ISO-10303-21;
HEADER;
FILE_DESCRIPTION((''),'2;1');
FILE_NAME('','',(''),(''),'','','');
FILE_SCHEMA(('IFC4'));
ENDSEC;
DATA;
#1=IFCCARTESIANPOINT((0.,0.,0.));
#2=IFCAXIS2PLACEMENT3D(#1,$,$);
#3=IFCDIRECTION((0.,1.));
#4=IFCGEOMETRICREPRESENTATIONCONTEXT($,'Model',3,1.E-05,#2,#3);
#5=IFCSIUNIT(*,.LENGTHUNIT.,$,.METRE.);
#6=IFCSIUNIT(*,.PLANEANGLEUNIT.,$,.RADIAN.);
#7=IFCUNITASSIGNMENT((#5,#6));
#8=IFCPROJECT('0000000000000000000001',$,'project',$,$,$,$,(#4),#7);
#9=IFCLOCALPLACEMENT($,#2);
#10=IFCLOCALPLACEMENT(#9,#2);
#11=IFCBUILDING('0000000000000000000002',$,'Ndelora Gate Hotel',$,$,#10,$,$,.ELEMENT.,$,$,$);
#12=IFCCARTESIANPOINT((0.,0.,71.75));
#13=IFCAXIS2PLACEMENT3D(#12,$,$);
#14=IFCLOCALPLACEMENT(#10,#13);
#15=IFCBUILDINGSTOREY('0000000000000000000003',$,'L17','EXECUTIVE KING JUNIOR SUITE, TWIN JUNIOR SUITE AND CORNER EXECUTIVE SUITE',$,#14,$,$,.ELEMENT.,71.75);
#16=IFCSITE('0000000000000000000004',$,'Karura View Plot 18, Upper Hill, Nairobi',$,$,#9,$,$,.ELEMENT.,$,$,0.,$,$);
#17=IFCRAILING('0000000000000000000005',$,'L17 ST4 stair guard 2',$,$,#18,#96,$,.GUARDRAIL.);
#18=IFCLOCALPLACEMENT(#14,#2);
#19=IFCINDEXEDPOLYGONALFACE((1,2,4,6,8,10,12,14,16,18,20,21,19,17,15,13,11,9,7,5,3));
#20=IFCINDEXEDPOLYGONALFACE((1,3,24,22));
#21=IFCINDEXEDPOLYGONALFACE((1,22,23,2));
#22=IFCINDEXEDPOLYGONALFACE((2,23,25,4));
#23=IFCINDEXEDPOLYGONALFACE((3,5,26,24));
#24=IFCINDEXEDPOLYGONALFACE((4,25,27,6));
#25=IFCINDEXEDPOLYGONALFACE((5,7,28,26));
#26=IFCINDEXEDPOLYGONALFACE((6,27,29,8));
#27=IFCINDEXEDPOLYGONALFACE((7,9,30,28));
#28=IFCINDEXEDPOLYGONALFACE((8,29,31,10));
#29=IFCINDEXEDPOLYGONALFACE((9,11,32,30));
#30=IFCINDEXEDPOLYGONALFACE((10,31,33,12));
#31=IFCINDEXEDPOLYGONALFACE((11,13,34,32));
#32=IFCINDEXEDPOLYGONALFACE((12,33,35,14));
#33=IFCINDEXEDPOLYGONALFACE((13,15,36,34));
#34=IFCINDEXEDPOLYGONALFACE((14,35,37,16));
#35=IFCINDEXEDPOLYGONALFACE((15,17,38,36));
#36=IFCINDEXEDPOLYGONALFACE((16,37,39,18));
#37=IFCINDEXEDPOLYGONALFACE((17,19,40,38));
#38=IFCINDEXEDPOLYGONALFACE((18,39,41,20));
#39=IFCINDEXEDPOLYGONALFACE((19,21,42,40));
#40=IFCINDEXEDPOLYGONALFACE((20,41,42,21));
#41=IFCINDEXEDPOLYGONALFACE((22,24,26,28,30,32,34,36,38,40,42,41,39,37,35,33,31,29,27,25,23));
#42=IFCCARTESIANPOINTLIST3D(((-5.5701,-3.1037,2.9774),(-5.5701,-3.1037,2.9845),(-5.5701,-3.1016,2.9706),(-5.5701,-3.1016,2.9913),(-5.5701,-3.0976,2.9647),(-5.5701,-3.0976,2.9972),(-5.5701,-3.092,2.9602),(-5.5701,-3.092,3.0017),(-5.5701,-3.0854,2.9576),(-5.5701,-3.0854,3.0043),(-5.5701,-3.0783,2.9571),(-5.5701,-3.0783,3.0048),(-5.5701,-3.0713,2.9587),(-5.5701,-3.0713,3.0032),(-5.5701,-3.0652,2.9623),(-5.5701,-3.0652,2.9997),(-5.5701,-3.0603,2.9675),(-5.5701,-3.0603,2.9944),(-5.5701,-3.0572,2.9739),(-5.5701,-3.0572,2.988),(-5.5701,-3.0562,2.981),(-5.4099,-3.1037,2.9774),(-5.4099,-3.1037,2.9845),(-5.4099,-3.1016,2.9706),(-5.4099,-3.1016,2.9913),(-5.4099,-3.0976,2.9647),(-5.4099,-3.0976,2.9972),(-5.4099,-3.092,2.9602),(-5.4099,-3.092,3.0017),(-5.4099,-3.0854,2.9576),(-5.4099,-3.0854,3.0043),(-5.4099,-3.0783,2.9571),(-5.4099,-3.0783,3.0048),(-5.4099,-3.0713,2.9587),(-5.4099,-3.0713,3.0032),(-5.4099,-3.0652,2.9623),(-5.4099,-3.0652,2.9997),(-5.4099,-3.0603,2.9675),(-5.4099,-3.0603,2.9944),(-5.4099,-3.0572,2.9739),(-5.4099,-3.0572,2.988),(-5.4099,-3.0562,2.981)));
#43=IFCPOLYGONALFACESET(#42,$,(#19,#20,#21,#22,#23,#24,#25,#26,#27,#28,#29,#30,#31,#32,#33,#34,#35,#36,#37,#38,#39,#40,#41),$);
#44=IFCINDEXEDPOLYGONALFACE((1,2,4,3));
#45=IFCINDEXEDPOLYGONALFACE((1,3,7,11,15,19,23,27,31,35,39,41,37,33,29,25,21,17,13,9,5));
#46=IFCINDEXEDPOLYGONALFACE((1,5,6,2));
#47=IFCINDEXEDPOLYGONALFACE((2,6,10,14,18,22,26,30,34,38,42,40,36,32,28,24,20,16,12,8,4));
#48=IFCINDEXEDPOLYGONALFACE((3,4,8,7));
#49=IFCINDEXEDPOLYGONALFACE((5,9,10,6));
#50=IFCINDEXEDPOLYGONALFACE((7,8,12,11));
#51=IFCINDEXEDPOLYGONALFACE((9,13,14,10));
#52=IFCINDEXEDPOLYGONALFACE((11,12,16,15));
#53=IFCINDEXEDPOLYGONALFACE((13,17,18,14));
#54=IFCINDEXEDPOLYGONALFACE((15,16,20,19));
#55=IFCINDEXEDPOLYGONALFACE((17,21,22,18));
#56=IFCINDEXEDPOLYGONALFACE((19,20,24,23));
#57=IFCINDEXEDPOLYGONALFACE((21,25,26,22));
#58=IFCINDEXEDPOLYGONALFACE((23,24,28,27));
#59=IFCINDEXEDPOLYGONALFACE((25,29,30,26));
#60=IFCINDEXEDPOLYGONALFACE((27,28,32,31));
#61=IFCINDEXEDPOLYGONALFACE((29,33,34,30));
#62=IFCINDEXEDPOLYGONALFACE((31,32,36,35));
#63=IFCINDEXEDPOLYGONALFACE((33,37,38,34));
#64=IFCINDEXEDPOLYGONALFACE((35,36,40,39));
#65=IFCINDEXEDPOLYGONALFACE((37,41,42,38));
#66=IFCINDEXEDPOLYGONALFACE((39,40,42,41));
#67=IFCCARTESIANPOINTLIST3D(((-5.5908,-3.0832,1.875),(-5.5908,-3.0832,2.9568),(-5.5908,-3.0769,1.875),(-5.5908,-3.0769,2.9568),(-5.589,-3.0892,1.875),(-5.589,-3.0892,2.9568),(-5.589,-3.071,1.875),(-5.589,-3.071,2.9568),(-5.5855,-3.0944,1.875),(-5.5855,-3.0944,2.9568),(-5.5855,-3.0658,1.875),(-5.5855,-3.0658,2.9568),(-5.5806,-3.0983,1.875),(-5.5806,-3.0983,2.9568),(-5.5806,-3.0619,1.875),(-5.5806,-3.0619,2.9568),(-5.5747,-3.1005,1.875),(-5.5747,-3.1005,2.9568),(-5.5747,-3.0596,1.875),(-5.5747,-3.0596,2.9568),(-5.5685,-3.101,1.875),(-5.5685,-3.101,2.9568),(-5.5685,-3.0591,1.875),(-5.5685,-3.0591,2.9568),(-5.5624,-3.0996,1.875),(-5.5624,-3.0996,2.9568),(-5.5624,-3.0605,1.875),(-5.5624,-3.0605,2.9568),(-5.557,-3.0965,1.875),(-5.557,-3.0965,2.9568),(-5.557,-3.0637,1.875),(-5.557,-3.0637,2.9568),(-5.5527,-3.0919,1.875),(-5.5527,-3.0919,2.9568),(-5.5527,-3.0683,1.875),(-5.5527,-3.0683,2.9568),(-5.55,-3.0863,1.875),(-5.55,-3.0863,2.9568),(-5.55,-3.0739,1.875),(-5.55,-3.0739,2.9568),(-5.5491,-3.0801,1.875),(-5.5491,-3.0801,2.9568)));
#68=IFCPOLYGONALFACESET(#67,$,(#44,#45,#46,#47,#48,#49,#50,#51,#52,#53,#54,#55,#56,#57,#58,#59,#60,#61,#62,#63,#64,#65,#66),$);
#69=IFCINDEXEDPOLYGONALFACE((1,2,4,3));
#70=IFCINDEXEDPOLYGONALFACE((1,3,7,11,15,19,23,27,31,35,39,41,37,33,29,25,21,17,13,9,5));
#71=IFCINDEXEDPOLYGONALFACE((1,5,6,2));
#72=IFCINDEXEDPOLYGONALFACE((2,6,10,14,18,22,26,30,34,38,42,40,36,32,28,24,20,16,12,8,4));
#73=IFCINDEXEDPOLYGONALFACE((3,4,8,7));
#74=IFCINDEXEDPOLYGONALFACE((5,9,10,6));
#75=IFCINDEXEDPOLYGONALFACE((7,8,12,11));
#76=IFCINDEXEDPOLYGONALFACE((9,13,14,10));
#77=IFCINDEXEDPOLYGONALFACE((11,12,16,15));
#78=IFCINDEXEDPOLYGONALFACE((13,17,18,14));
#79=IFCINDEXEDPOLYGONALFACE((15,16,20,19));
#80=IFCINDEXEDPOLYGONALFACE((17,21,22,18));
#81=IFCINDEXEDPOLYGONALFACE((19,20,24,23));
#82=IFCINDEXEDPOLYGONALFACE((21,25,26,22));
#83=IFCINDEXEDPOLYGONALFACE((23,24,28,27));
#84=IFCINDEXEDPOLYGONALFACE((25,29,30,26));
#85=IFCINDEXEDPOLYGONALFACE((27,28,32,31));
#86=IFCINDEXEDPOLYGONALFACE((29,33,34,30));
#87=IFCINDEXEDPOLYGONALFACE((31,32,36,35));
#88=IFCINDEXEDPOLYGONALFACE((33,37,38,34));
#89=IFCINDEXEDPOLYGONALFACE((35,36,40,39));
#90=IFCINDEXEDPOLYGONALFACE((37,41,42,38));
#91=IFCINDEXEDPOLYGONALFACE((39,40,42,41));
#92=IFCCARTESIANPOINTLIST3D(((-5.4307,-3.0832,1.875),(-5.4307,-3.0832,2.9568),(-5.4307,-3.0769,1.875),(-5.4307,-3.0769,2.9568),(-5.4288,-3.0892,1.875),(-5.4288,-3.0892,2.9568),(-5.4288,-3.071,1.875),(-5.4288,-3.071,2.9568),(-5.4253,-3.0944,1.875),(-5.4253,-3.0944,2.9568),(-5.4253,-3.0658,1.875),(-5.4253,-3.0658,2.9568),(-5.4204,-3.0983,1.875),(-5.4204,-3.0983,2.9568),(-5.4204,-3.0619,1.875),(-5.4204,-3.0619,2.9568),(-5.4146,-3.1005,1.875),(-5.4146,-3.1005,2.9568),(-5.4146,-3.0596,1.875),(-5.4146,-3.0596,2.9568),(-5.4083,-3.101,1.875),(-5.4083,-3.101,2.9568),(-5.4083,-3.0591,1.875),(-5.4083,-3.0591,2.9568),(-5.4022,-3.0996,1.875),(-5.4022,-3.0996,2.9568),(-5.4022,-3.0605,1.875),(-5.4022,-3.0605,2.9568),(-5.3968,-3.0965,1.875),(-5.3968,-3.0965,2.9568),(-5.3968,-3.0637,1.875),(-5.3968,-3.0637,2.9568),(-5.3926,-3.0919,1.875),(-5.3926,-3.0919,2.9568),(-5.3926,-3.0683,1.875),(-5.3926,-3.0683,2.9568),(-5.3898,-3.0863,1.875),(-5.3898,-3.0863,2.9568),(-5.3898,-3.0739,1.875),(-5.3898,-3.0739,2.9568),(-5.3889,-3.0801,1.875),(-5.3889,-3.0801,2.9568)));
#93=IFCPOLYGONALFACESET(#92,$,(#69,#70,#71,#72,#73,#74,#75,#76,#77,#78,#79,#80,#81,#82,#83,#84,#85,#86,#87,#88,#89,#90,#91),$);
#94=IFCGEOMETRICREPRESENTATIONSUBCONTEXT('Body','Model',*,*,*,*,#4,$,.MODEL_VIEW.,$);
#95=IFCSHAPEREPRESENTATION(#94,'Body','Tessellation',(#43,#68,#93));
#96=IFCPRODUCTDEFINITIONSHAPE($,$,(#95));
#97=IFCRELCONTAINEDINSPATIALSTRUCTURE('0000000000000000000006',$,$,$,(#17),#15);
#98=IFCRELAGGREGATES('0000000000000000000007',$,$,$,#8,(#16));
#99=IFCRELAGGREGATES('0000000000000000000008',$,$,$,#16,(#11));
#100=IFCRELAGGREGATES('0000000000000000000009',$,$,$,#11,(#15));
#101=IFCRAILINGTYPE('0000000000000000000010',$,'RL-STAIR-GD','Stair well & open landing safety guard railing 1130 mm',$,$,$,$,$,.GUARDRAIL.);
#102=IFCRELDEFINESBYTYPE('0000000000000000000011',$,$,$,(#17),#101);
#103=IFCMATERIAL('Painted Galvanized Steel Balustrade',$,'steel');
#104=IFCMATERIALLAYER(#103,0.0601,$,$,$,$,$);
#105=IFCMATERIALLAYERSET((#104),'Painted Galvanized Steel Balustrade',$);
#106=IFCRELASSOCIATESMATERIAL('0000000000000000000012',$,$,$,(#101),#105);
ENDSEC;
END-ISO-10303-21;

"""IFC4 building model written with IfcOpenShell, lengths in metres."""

from ifc_helpers import new_model, si_unit, direction, frame, origin, origin_2d, place, context, subcontext, project, spatial, circle, extrude, material, layer, layer_set, type_object, element, save


model = new_model("IFC4")

# Units and contexts
model_context = context("Model", 3, precision=1e-05, world=origin(), true_north=direction((0.0, 1.0)))
body_context = subcontext(model_context, "Body", "Model", "MODEL_VIEW")
ifc_project = project(units=[si_unit("LENGTHUNIT", "METRE"), si_unit("PLANEANGLEUNIT", "RADIAN")], contexts=[model_context])

# Site, building, storey
site_placement = place(None, origin())
site = spatial("IfcSite", under=ifc_project, at=site_placement, Name="Karura View Plot 18, Upper Hill, Nairobi", CompositionType="ELEMENT", RefElevation=0.0)
building_placement = place(site_placement, origin())
building = spatial("IfcBuilding", under=site, at=building_placement, Name="Ndelora Gate Hotel", CompositionType="ELEMENT")
storey_placement = place(building_placement, frame((0.0, 0.0, 71.75)))
storey = spatial("IfcBuildingStorey", under=building, at=storey_placement, Name="L17", Description="EXECUTIVE KING JUNIOR SUITE, TWIN JUNIOR SUITE AND CORNER EXECUTIVE SUITE", CompositionType="ELEMENT", Elevation=71.75)

# Railing
ifc_material_1 = material(Name="Painted Galvanized Steel Balustrade", Category="steel")
ifc_layer_1 = layer(ifc_material_1, 0.0601)
ifc_layer_set_1 = layer_set([ifc_layer_1], Name="Painted Galvanized Steel Balustrade")
railing_type_1 = type_object("IfcRailingType", Name="RL-STAIR-GD", Description="Stair well & open landing safety guard railing 1130 mm", PredefinedType="GUARDRAIL", material=ifc_layer_set_1)
railing_1_placement = place(storey_placement, frame((-5.5701, -3.0801, 1.875)))
element("IfcRailing", 1, at=railing_1_placement, inside=storey, type_object=railing_type_1, Name="L17 ST4 stair guard 2", PredefinedType="GUARDRAIL", context=body_context, shape_type="SweptSolid", body=[
    extrude(circle(Radius=0.0239, at=origin_2d()), frame((0.0, 0.0, 1.106), z_axis=(1.0, 0.0, 0.0), x_axis=(0.0, 1.0, 0.0)), (0.0, 0.0, 1.0), 0.1602),
    extrude(circle(Radius=0.021, at=origin_2d()), origin(), (0.0, 0.0, 1.0), 1.0818),
    extrude(circle(Radius=0.021, at=origin_2d()), frame((0.1602, 0.0, 0.0)), (0.0, 0.0, 1.0), 1.0818),
])

save(model, "model.ifc")
